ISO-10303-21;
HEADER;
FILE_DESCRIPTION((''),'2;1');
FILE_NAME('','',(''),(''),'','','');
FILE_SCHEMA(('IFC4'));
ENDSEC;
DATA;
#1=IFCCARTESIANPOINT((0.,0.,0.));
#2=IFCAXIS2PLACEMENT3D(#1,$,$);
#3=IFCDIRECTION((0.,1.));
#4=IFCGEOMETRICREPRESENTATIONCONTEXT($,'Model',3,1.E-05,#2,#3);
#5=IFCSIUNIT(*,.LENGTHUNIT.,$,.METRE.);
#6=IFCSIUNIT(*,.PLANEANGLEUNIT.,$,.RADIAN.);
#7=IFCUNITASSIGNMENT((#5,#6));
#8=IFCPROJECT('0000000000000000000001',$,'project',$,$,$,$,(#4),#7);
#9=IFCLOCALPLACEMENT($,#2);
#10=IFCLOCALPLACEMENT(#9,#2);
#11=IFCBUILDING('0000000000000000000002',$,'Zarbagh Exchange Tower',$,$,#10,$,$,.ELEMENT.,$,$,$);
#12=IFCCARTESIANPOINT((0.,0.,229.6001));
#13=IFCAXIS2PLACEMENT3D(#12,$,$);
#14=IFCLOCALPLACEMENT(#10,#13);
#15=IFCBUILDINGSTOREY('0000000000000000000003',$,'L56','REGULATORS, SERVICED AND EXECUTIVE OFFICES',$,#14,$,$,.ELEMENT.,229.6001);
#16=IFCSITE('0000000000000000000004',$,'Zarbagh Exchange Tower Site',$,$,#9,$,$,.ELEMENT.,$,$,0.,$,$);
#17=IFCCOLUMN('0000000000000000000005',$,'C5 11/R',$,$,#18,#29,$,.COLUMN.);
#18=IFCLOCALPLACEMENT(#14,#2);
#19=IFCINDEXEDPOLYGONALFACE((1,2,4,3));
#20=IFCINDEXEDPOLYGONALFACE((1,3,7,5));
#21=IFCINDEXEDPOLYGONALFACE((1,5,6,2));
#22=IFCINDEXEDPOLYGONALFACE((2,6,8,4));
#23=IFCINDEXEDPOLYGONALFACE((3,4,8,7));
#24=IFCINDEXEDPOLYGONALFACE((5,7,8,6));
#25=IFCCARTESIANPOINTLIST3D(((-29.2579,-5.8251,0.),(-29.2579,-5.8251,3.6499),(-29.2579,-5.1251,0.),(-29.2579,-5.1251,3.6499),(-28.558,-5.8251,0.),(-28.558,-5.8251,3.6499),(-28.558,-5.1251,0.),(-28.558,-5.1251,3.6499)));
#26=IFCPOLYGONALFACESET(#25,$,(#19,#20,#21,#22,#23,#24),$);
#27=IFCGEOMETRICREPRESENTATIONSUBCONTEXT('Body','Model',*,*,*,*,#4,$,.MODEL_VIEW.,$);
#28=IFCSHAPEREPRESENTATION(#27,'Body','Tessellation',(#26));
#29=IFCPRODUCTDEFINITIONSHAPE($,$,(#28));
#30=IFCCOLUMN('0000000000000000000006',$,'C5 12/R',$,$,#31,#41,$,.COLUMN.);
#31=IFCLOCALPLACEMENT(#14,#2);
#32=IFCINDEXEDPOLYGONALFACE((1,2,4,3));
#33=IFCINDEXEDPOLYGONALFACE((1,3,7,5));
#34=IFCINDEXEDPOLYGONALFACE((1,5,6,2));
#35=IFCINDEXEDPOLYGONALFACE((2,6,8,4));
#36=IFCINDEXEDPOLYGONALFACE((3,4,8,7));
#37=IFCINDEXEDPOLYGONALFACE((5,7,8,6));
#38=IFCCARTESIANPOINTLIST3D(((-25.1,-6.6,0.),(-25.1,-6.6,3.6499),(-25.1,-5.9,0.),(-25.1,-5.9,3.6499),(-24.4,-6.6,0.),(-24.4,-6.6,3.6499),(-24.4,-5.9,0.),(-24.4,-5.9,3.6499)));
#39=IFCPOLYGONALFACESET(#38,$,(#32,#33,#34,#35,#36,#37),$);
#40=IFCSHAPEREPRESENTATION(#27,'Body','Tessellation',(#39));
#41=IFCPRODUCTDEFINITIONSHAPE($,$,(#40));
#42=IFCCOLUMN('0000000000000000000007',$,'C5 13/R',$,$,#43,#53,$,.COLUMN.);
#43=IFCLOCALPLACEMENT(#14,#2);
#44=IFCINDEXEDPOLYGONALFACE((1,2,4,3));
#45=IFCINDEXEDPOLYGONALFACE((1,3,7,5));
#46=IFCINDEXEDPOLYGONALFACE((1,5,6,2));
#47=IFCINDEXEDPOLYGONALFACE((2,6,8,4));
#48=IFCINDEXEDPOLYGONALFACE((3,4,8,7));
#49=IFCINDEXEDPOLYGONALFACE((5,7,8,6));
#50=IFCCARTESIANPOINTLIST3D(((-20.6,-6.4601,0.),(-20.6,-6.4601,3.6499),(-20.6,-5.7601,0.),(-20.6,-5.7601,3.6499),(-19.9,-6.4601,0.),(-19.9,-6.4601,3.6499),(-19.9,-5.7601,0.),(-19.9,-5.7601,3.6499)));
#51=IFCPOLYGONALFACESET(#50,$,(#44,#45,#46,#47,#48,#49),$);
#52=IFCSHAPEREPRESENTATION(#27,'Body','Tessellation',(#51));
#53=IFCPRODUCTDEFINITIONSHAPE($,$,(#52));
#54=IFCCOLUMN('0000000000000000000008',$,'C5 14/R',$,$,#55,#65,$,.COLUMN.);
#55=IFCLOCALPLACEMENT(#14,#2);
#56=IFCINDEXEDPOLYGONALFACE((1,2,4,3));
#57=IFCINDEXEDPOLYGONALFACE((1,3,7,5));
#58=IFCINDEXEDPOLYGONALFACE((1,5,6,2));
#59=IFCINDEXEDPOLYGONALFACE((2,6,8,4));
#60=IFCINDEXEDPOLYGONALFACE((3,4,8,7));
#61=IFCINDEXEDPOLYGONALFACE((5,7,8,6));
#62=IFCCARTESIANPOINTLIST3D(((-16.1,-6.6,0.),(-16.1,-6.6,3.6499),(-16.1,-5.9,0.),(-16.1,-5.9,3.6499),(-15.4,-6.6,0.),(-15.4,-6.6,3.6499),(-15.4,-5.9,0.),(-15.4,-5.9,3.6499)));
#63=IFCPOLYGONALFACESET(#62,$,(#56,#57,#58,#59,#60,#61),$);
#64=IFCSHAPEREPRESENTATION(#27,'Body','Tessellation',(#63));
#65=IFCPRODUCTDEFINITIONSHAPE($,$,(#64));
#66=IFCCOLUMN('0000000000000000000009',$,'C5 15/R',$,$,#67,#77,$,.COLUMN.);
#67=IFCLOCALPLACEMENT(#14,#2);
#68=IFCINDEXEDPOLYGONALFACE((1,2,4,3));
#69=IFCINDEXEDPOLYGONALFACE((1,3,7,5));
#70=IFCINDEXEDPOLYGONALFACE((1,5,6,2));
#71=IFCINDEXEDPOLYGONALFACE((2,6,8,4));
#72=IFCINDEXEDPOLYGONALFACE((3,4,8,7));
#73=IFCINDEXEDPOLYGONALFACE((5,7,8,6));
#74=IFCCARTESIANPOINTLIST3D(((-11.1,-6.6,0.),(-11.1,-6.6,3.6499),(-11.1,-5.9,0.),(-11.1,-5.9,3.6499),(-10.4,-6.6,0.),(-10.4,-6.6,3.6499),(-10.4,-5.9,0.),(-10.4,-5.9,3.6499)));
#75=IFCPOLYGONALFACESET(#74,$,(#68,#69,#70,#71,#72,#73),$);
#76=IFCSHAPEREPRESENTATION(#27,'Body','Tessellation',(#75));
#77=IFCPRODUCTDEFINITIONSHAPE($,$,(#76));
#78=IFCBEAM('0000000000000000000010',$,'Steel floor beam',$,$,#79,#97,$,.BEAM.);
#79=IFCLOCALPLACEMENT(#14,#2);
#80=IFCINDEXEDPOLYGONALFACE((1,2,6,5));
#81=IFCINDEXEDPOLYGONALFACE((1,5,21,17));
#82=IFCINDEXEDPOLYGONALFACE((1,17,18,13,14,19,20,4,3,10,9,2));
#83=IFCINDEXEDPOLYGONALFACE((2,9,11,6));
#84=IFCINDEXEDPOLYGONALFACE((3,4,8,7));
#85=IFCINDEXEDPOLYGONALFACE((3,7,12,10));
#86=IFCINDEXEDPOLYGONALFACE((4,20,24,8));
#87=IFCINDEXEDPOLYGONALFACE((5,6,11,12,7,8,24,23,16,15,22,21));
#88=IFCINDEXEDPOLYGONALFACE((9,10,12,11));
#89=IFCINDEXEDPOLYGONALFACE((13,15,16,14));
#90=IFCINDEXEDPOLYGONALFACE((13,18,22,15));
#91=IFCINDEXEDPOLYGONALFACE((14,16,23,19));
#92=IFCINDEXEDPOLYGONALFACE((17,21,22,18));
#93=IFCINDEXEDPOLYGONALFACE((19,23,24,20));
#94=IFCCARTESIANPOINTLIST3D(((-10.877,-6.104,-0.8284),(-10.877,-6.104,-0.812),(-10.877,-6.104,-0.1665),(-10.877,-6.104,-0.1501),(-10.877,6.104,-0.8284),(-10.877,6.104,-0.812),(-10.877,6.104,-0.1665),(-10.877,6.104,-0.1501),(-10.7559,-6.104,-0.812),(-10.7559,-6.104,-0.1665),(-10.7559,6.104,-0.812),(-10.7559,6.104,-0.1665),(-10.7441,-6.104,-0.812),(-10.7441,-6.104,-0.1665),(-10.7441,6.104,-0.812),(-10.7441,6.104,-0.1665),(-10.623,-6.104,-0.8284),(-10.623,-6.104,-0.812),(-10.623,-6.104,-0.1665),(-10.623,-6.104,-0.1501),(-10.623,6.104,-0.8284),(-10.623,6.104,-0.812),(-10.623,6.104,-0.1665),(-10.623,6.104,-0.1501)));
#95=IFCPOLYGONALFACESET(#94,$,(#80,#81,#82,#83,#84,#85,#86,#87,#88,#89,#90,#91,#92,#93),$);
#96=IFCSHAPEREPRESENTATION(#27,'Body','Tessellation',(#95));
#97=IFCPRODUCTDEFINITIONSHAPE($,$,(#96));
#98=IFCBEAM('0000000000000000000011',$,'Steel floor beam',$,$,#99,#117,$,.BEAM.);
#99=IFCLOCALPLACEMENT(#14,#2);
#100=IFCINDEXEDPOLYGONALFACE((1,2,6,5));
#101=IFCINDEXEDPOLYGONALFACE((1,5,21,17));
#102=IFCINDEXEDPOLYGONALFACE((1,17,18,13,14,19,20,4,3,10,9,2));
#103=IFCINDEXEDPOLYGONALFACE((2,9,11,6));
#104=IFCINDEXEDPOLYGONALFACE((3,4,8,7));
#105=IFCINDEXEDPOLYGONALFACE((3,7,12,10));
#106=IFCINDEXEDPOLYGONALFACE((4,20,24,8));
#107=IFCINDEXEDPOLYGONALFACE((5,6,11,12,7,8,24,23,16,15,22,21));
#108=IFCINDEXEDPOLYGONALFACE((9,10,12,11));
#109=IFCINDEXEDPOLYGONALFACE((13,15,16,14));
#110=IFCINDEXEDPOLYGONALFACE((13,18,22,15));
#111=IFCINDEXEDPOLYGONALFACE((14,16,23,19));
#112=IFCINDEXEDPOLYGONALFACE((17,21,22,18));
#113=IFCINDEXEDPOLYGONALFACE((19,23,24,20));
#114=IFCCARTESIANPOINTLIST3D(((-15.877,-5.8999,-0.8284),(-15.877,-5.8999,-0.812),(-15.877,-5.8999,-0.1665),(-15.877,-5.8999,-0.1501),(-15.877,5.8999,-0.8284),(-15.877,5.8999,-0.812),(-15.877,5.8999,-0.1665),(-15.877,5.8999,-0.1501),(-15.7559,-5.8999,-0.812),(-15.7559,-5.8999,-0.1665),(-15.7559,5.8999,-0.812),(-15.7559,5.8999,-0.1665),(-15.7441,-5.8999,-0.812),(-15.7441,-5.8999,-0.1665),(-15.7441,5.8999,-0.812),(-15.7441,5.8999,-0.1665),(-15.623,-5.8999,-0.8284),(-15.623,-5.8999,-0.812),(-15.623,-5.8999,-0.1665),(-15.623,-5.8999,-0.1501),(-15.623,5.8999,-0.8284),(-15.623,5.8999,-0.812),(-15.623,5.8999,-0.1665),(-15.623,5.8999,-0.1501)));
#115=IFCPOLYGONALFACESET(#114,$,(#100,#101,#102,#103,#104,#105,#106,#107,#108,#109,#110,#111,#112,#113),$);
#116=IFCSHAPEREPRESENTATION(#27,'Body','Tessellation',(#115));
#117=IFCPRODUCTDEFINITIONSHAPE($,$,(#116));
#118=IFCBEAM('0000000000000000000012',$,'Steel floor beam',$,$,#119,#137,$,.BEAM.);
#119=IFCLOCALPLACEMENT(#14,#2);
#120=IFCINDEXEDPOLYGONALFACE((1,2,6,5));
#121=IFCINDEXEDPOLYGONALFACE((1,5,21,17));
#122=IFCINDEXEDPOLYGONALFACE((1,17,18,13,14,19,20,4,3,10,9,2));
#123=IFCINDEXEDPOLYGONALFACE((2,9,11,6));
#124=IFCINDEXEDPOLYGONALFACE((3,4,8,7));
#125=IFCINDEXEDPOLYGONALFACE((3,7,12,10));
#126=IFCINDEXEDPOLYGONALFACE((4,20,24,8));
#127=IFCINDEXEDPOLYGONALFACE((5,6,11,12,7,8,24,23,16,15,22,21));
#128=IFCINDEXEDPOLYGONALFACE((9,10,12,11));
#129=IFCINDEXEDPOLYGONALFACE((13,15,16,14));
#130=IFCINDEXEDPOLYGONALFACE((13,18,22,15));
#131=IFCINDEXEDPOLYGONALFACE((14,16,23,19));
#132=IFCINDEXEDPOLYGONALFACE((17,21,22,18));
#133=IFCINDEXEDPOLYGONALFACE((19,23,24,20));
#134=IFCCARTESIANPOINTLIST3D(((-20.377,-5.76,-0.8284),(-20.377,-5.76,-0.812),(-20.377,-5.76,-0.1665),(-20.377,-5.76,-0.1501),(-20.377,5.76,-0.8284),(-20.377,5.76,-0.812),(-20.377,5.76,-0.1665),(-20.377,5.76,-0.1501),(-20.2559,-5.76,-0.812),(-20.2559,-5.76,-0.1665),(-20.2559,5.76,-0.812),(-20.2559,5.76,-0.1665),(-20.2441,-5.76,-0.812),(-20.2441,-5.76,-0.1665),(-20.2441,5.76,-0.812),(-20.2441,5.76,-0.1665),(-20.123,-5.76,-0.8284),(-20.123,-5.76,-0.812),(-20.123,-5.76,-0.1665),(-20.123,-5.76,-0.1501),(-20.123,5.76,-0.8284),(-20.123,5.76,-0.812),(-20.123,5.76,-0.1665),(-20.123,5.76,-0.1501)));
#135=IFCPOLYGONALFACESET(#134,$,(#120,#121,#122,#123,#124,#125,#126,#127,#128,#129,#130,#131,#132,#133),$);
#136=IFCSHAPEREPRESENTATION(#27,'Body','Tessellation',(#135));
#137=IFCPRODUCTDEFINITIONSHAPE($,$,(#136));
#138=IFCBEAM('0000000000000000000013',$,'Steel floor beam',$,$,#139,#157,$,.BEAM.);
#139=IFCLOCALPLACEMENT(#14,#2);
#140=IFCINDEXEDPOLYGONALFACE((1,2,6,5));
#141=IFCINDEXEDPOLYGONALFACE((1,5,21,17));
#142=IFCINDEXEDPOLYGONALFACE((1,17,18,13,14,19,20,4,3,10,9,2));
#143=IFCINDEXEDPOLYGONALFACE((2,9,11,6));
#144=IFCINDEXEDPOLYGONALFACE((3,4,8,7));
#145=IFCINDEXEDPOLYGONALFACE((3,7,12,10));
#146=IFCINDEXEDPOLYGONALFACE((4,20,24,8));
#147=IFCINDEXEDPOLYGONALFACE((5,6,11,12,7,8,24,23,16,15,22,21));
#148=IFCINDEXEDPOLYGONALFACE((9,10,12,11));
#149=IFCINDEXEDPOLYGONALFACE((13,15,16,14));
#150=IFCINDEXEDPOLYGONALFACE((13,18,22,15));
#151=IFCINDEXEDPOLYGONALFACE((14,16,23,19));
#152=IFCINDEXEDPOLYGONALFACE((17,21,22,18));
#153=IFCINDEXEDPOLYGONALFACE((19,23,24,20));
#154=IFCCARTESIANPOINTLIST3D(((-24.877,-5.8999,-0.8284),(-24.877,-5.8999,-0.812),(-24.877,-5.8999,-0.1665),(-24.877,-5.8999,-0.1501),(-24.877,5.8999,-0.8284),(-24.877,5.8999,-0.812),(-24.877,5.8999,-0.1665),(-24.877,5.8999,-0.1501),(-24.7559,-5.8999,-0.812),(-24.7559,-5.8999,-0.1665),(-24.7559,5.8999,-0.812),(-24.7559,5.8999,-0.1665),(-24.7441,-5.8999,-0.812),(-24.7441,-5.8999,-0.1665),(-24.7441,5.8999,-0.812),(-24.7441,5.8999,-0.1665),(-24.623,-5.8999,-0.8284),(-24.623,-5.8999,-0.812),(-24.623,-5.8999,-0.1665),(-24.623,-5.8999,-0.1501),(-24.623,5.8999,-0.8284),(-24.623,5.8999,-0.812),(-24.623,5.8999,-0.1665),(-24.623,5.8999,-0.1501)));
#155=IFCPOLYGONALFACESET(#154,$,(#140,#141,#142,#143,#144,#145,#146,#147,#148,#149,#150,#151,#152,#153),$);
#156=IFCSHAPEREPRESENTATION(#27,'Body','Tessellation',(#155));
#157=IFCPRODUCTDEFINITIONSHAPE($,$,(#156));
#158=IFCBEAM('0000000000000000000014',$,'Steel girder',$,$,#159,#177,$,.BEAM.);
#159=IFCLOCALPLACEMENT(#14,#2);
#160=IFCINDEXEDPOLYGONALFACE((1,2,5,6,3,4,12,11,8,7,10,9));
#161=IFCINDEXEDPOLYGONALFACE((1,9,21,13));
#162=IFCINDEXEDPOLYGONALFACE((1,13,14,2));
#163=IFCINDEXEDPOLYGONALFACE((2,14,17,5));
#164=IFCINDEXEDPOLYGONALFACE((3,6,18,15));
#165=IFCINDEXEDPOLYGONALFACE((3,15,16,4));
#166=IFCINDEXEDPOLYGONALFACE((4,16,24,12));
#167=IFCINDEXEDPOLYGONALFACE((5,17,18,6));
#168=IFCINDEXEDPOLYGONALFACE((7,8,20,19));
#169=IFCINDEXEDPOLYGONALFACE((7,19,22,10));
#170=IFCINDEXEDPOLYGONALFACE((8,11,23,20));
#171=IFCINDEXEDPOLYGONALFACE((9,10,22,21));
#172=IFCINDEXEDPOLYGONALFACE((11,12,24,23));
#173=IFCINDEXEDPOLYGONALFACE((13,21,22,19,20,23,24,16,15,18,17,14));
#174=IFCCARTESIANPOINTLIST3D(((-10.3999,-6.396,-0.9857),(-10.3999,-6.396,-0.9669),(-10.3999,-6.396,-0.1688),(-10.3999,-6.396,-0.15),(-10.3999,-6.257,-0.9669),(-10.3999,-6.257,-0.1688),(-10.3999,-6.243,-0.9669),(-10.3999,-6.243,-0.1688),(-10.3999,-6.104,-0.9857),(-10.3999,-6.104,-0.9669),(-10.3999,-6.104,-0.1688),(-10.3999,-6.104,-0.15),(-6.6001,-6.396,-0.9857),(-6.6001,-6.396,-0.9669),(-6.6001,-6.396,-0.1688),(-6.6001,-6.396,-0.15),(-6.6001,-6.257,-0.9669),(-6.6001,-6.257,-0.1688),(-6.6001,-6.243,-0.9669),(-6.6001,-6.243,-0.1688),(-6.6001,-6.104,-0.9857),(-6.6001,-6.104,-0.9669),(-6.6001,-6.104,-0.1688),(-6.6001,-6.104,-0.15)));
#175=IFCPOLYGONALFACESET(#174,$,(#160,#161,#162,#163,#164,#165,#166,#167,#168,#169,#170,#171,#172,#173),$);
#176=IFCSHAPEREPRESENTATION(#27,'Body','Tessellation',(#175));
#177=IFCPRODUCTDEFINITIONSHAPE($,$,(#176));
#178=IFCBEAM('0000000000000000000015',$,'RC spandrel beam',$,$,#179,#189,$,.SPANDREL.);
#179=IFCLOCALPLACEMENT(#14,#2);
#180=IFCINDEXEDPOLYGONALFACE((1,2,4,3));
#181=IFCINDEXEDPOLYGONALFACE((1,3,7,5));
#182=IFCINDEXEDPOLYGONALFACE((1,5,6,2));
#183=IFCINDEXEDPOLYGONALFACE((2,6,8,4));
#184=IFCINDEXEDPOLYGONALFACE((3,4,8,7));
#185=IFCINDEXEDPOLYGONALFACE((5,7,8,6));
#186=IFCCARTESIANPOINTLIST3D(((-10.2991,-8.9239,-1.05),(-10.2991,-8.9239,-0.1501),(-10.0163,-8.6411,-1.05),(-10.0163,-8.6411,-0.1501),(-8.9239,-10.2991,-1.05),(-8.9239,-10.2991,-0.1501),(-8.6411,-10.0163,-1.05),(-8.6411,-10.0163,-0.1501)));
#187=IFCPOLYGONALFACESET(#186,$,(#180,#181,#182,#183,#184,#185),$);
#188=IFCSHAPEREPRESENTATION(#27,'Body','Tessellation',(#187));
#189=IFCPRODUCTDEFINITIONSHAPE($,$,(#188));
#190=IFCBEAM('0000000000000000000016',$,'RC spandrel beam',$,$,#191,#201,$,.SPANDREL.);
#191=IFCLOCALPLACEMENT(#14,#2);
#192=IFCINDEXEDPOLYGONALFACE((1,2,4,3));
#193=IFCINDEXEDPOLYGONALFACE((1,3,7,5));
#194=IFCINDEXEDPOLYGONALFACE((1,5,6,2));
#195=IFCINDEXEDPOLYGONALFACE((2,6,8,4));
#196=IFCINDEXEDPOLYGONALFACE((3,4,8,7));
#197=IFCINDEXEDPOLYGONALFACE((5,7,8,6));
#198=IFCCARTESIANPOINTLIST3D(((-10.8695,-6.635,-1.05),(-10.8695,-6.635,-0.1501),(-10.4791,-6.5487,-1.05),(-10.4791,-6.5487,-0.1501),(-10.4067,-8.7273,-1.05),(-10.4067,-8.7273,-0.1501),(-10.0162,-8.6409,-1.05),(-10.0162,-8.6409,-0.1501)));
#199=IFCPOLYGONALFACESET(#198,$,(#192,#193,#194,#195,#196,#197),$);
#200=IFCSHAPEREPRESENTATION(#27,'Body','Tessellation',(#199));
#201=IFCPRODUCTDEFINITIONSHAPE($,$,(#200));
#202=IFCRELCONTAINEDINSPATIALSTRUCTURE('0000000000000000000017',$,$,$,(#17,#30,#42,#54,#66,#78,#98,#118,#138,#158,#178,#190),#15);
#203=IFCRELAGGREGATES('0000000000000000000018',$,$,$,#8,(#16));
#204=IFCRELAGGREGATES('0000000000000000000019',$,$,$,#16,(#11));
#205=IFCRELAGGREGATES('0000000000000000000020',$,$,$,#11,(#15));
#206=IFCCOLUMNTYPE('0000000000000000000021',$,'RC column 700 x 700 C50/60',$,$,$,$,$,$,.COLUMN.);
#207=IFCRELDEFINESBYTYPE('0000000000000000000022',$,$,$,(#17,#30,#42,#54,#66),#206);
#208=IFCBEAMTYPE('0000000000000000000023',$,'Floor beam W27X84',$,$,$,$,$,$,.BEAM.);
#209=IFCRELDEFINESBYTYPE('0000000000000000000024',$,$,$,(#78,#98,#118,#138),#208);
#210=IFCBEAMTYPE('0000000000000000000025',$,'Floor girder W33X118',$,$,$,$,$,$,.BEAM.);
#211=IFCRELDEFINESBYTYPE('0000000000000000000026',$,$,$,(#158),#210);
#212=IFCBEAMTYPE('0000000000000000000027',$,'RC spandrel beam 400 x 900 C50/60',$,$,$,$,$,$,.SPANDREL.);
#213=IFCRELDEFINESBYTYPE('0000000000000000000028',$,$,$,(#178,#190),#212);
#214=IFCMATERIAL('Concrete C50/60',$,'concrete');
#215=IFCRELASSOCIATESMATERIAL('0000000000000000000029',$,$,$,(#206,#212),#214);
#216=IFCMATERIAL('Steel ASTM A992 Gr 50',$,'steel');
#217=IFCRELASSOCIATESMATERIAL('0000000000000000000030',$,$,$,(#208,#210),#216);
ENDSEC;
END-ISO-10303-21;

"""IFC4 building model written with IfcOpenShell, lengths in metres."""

from ifc_helpers import new_model, si_unit, direction, frame, origin, origin_2d, place, context, subcontext, project, spatial, rectangle, i_section, extrude, material, material_profile, profile_set, type_object, element, save


model = new_model("IFC4")

# Units and contexts
model_context = context("Model", 3, precision=1e-05, world=origin(), true_north=direction((0.0, 1.0)))
body_context = subcontext(model_context, "Body", "Model", "MODEL_VIEW")
ifc_project = project(units=[si_unit("LENGTHUNIT", "METRE"), si_unit("PLANEANGLEUNIT", "RADIAN")], contexts=[model_context])

# Site, building, storey
site_placement = place(None, origin())
site = spatial("IfcSite", under=ifc_project, at=site_placement, Name="Zarbagh Exchange Tower Site", CompositionType="ELEMENT", RefElevation=0.0)
building_placement = place(site_placement, origin())
building = spatial("IfcBuilding", under=site, at=building_placement, Name="Zarbagh Exchange Tower", CompositionType="ELEMENT")
storey_placement = place(building_placement, frame((0.0, 0.0, 229.6001)))
storey = spatial("IfcBuildingStorey", under=building, at=storey_placement, Name="L56", Description="REGULATORS, SERVICED AND EXECUTIVE OFFICES", CompositionType="ELEMENT", Elevation=229.6001)

# Columns
ifc_material_1 = material(Name="Concrete C50/60", Category="concrete")
ifc_material_profile_1 = material_profile(ifc_material_1, rectangle(XDim=0.7, YDim=0.7, at=origin_2d()), Name="RC column 700 x 700 C50/60")
ifc_profile_set_1 = profile_set([ifc_material_profile_1], Name="Concrete C50/60")
column_type = type_object("IfcColumnType", Name="RC column 700 x 700 C50/60", PredefinedType="COLUMN", material=ifc_profile_set_1)
for number, where, z_axis, x_axis, name in (
    (1, (-28.908, -5.4751, 0.0), (0.0, 0.0, 1.0), (1.0, 0.0, 0.0), "C5 11/R"),
    (2, (-24.75, -6.25, 0.0), (0.0, 0.0, 1.0), (1.0, 0.0, 0.0), "C5 12/R"),
    (3, (-20.25, -6.1101, 0.0), (0.0, 0.0, 1.0), (1.0, 0.0, 0.0), "C5 13/R"),
    (4, (-15.75, -6.25, 0.0), (0.0, 0.0, 1.0), (1.0, 0.0, 0.0), "C5 14/R"),
    (5, (-10.75, -6.25, 0.0), (0.0, 0.0, 1.0), (1.0, 0.0, 0.0), "C5 15/R"),
):
    element("IfcColumn", number, at=place(storey_placement, frame(where, z_axis=z_axis, x_axis=x_axis)), inside=storey, type_object=column_type, Name=name, PredefinedType="COLUMN", context=body_context, shape_type="SweptSolid", body=[
        extrude(rectangle(XDim=0.7, YDim=0.7, at=origin_2d()), origin(), (0.0, 0.0, 1.0), 3.6499),
    ])

# Beams
ifc_material_2 = material(Name="Steel ASTM A992 Gr 50", Category="steel")
ifc_material_profile_2 = material_profile(ifc_material_2, i_section(OverallWidth=0.2539, OverallDepth=0.6782, WebThickness=0.0117, FlangeThickness=0.0164, at=origin_2d()), Name="W27X84")
ifc_profile_set_2 = profile_set([ifc_material_profile_2], Name="Steel ASTM A992 Gr 50")
beam_type_1 = type_object("IfcBeamType", Name="Floor beam W27X84", PredefinedType="BEAM", material=ifc_profile_set_2)
beam_1_placement = place(storey_placement, frame((-10.75, -6.104, -0.4893), z_axis=(0.0, 1.0, 0.0), x_axis=(-1.0, 0.0, 0.0)))
element("IfcBeam", 6, at=beam_1_placement, inside=storey, type_object=beam_type_1, Name="Steel floor beam", PredefinedType="BEAM", context=body_context, shape_type="SweptSolid", body=[
    extrude(i_section(OverallWidth=0.2539, OverallDepth=0.6782, WebThickness=0.0117, FlangeThickness=0.0164, at=origin_2d()), origin(), (0.0, 0.0, 1.0), 12.208),
])
beam_2_placement = place(storey_placement, frame((-15.75, -5.8999, -0.4893), z_axis=(0.0, 1.0, 0.0), x_axis=(-1.0, 0.0, 0.0)))
element("IfcBeam", 7, at=beam_2_placement, inside=storey, type_object=beam_type_1, Name="Steel floor beam", PredefinedType="BEAM", context=body_context, shape_type="SweptSolid", body=[
    extrude(i_section(OverallWidth=0.2539, OverallDepth=0.6782, WebThickness=0.0117, FlangeThickness=0.0164, at=origin_2d()), origin(), (0.0, 0.0, 1.0), 11.7998),
])
beam_3_placement = place(storey_placement, frame((-20.25, -5.76, -0.4893), z_axis=(0.0, 1.0, 0.0), x_axis=(-1.0, 0.0, 0.0)))
element("IfcBeam", 8, at=beam_3_placement, inside=storey, type_object=beam_type_1, Name="Steel floor beam", PredefinedType="BEAM", context=body_context, shape_type="SweptSolid", body=[
    extrude(i_section(OverallWidth=0.2539, OverallDepth=0.6782, WebThickness=0.0117, FlangeThickness=0.0164, at=origin_2d()), origin(), (0.0, 0.0, 1.0), 11.52),
])
beam_4_placement = place(storey_placement, frame((-24.75, -5.8999, -0.4893), z_axis=(0.0, 1.0, 0.0), x_axis=(-1.0, 0.0, 0.0)))
element("IfcBeam", 9, at=beam_4_placement, inside=storey, type_object=beam_type_1, Name="Steel floor beam", PredefinedType="BEAM", context=body_context, shape_type="SweptSolid", body=[
    extrude(i_section(OverallWidth=0.2539, OverallDepth=0.6782, WebThickness=0.0117, FlangeThickness=0.0164, at=origin_2d()), origin(), (0.0, 0.0, 1.0), 11.7998),
])
ifc_material_profile_3 = material_profile(ifc_material_2, i_section(OverallWidth=0.292, OverallDepth=0.8357, WebThickness=0.0139, FlangeThickness=0.0188, at=origin_2d()), Name="W33X118")
ifc_profile_set_3 = profile_set([ifc_material_profile_3], Name="Steel ASTM A992 Gr 50")
beam_type_2 = type_object("IfcBeamType", Name="Floor girder W33X118", PredefinedType="BEAM", material=ifc_profile_set_3)
beam_5_placement = place(storey_placement, frame((-10.3999, -6.25, -0.5679), z_axis=(1.0, 0.0, 0.0), x_axis=(0.0, 1.0, 0.0)))
element("IfcBeam", 10, at=beam_5_placement, inside=storey, type_object=beam_type_2, Name="Steel girder", PredefinedType="BEAM", context=body_context, shape_type="SweptSolid", body=[
    extrude(i_section(OverallWidth=0.292, OverallDepth=0.8357, WebThickness=0.0139, FlangeThickness=0.0188, at=origin_2d()), origin(), (0.0, 0.0, 1.0), 3.7998),
])
ifc_material_profile_4 = material_profile(ifc_material_1, rectangle(XDim=0.3999, YDim=0.8999, at=origin_2d()), Name="RC spandrel beam 400 x 900 C50/60")
ifc_profile_set_4 = profile_set([ifc_material_profile_4], Name="Concrete C50/60")
beam_type_3 = type_object("IfcBeamType", Name="RC spandrel beam 400 x 900 C50/60", PredefinedType="SPANDREL", material=ifc_profile_set_4)
beam_6_placement = place(storey_placement, frame((-8.7825, -10.1577, -0.6001), z_axis=(-0.707107, 0.707107, 0.0), x_axis=(-0.707107, -0.707107, 0.0)))
element("IfcBeam", 11, at=beam_6_placement, inside=storey, type_object=beam_type_3, Name="RC spandrel beam", PredefinedType="SPANDREL", context=body_context, shape_type="SweptSolid", body=[
    extrude(rectangle(XDim=0.3999, YDim=0.8999, at=origin_2d()), origin(), (0.0, 0.0, 1.0), 1.9448),
])
beam_7_placement = place(storey_placement, frame((-10.2114, -8.6841, -0.6001), z_axis=(-0.216014, 0.97639, 0.0), x_axis=(-0.97639, -0.216014, 0.0)))
element("IfcBeam", 12, at=beam_7_placement, inside=storey, type_object=beam_type_3, Name="RC spandrel beam", PredefinedType="SPANDREL", context=body_context, shape_type="SweptSolid", body=[
    extrude(rectangle(XDim=0.3999, YDim=0.8999, at=origin_2d()), origin(), (0.0, 0.0, 1.0), 2.1428),
])

save(model, "model.ifc")
